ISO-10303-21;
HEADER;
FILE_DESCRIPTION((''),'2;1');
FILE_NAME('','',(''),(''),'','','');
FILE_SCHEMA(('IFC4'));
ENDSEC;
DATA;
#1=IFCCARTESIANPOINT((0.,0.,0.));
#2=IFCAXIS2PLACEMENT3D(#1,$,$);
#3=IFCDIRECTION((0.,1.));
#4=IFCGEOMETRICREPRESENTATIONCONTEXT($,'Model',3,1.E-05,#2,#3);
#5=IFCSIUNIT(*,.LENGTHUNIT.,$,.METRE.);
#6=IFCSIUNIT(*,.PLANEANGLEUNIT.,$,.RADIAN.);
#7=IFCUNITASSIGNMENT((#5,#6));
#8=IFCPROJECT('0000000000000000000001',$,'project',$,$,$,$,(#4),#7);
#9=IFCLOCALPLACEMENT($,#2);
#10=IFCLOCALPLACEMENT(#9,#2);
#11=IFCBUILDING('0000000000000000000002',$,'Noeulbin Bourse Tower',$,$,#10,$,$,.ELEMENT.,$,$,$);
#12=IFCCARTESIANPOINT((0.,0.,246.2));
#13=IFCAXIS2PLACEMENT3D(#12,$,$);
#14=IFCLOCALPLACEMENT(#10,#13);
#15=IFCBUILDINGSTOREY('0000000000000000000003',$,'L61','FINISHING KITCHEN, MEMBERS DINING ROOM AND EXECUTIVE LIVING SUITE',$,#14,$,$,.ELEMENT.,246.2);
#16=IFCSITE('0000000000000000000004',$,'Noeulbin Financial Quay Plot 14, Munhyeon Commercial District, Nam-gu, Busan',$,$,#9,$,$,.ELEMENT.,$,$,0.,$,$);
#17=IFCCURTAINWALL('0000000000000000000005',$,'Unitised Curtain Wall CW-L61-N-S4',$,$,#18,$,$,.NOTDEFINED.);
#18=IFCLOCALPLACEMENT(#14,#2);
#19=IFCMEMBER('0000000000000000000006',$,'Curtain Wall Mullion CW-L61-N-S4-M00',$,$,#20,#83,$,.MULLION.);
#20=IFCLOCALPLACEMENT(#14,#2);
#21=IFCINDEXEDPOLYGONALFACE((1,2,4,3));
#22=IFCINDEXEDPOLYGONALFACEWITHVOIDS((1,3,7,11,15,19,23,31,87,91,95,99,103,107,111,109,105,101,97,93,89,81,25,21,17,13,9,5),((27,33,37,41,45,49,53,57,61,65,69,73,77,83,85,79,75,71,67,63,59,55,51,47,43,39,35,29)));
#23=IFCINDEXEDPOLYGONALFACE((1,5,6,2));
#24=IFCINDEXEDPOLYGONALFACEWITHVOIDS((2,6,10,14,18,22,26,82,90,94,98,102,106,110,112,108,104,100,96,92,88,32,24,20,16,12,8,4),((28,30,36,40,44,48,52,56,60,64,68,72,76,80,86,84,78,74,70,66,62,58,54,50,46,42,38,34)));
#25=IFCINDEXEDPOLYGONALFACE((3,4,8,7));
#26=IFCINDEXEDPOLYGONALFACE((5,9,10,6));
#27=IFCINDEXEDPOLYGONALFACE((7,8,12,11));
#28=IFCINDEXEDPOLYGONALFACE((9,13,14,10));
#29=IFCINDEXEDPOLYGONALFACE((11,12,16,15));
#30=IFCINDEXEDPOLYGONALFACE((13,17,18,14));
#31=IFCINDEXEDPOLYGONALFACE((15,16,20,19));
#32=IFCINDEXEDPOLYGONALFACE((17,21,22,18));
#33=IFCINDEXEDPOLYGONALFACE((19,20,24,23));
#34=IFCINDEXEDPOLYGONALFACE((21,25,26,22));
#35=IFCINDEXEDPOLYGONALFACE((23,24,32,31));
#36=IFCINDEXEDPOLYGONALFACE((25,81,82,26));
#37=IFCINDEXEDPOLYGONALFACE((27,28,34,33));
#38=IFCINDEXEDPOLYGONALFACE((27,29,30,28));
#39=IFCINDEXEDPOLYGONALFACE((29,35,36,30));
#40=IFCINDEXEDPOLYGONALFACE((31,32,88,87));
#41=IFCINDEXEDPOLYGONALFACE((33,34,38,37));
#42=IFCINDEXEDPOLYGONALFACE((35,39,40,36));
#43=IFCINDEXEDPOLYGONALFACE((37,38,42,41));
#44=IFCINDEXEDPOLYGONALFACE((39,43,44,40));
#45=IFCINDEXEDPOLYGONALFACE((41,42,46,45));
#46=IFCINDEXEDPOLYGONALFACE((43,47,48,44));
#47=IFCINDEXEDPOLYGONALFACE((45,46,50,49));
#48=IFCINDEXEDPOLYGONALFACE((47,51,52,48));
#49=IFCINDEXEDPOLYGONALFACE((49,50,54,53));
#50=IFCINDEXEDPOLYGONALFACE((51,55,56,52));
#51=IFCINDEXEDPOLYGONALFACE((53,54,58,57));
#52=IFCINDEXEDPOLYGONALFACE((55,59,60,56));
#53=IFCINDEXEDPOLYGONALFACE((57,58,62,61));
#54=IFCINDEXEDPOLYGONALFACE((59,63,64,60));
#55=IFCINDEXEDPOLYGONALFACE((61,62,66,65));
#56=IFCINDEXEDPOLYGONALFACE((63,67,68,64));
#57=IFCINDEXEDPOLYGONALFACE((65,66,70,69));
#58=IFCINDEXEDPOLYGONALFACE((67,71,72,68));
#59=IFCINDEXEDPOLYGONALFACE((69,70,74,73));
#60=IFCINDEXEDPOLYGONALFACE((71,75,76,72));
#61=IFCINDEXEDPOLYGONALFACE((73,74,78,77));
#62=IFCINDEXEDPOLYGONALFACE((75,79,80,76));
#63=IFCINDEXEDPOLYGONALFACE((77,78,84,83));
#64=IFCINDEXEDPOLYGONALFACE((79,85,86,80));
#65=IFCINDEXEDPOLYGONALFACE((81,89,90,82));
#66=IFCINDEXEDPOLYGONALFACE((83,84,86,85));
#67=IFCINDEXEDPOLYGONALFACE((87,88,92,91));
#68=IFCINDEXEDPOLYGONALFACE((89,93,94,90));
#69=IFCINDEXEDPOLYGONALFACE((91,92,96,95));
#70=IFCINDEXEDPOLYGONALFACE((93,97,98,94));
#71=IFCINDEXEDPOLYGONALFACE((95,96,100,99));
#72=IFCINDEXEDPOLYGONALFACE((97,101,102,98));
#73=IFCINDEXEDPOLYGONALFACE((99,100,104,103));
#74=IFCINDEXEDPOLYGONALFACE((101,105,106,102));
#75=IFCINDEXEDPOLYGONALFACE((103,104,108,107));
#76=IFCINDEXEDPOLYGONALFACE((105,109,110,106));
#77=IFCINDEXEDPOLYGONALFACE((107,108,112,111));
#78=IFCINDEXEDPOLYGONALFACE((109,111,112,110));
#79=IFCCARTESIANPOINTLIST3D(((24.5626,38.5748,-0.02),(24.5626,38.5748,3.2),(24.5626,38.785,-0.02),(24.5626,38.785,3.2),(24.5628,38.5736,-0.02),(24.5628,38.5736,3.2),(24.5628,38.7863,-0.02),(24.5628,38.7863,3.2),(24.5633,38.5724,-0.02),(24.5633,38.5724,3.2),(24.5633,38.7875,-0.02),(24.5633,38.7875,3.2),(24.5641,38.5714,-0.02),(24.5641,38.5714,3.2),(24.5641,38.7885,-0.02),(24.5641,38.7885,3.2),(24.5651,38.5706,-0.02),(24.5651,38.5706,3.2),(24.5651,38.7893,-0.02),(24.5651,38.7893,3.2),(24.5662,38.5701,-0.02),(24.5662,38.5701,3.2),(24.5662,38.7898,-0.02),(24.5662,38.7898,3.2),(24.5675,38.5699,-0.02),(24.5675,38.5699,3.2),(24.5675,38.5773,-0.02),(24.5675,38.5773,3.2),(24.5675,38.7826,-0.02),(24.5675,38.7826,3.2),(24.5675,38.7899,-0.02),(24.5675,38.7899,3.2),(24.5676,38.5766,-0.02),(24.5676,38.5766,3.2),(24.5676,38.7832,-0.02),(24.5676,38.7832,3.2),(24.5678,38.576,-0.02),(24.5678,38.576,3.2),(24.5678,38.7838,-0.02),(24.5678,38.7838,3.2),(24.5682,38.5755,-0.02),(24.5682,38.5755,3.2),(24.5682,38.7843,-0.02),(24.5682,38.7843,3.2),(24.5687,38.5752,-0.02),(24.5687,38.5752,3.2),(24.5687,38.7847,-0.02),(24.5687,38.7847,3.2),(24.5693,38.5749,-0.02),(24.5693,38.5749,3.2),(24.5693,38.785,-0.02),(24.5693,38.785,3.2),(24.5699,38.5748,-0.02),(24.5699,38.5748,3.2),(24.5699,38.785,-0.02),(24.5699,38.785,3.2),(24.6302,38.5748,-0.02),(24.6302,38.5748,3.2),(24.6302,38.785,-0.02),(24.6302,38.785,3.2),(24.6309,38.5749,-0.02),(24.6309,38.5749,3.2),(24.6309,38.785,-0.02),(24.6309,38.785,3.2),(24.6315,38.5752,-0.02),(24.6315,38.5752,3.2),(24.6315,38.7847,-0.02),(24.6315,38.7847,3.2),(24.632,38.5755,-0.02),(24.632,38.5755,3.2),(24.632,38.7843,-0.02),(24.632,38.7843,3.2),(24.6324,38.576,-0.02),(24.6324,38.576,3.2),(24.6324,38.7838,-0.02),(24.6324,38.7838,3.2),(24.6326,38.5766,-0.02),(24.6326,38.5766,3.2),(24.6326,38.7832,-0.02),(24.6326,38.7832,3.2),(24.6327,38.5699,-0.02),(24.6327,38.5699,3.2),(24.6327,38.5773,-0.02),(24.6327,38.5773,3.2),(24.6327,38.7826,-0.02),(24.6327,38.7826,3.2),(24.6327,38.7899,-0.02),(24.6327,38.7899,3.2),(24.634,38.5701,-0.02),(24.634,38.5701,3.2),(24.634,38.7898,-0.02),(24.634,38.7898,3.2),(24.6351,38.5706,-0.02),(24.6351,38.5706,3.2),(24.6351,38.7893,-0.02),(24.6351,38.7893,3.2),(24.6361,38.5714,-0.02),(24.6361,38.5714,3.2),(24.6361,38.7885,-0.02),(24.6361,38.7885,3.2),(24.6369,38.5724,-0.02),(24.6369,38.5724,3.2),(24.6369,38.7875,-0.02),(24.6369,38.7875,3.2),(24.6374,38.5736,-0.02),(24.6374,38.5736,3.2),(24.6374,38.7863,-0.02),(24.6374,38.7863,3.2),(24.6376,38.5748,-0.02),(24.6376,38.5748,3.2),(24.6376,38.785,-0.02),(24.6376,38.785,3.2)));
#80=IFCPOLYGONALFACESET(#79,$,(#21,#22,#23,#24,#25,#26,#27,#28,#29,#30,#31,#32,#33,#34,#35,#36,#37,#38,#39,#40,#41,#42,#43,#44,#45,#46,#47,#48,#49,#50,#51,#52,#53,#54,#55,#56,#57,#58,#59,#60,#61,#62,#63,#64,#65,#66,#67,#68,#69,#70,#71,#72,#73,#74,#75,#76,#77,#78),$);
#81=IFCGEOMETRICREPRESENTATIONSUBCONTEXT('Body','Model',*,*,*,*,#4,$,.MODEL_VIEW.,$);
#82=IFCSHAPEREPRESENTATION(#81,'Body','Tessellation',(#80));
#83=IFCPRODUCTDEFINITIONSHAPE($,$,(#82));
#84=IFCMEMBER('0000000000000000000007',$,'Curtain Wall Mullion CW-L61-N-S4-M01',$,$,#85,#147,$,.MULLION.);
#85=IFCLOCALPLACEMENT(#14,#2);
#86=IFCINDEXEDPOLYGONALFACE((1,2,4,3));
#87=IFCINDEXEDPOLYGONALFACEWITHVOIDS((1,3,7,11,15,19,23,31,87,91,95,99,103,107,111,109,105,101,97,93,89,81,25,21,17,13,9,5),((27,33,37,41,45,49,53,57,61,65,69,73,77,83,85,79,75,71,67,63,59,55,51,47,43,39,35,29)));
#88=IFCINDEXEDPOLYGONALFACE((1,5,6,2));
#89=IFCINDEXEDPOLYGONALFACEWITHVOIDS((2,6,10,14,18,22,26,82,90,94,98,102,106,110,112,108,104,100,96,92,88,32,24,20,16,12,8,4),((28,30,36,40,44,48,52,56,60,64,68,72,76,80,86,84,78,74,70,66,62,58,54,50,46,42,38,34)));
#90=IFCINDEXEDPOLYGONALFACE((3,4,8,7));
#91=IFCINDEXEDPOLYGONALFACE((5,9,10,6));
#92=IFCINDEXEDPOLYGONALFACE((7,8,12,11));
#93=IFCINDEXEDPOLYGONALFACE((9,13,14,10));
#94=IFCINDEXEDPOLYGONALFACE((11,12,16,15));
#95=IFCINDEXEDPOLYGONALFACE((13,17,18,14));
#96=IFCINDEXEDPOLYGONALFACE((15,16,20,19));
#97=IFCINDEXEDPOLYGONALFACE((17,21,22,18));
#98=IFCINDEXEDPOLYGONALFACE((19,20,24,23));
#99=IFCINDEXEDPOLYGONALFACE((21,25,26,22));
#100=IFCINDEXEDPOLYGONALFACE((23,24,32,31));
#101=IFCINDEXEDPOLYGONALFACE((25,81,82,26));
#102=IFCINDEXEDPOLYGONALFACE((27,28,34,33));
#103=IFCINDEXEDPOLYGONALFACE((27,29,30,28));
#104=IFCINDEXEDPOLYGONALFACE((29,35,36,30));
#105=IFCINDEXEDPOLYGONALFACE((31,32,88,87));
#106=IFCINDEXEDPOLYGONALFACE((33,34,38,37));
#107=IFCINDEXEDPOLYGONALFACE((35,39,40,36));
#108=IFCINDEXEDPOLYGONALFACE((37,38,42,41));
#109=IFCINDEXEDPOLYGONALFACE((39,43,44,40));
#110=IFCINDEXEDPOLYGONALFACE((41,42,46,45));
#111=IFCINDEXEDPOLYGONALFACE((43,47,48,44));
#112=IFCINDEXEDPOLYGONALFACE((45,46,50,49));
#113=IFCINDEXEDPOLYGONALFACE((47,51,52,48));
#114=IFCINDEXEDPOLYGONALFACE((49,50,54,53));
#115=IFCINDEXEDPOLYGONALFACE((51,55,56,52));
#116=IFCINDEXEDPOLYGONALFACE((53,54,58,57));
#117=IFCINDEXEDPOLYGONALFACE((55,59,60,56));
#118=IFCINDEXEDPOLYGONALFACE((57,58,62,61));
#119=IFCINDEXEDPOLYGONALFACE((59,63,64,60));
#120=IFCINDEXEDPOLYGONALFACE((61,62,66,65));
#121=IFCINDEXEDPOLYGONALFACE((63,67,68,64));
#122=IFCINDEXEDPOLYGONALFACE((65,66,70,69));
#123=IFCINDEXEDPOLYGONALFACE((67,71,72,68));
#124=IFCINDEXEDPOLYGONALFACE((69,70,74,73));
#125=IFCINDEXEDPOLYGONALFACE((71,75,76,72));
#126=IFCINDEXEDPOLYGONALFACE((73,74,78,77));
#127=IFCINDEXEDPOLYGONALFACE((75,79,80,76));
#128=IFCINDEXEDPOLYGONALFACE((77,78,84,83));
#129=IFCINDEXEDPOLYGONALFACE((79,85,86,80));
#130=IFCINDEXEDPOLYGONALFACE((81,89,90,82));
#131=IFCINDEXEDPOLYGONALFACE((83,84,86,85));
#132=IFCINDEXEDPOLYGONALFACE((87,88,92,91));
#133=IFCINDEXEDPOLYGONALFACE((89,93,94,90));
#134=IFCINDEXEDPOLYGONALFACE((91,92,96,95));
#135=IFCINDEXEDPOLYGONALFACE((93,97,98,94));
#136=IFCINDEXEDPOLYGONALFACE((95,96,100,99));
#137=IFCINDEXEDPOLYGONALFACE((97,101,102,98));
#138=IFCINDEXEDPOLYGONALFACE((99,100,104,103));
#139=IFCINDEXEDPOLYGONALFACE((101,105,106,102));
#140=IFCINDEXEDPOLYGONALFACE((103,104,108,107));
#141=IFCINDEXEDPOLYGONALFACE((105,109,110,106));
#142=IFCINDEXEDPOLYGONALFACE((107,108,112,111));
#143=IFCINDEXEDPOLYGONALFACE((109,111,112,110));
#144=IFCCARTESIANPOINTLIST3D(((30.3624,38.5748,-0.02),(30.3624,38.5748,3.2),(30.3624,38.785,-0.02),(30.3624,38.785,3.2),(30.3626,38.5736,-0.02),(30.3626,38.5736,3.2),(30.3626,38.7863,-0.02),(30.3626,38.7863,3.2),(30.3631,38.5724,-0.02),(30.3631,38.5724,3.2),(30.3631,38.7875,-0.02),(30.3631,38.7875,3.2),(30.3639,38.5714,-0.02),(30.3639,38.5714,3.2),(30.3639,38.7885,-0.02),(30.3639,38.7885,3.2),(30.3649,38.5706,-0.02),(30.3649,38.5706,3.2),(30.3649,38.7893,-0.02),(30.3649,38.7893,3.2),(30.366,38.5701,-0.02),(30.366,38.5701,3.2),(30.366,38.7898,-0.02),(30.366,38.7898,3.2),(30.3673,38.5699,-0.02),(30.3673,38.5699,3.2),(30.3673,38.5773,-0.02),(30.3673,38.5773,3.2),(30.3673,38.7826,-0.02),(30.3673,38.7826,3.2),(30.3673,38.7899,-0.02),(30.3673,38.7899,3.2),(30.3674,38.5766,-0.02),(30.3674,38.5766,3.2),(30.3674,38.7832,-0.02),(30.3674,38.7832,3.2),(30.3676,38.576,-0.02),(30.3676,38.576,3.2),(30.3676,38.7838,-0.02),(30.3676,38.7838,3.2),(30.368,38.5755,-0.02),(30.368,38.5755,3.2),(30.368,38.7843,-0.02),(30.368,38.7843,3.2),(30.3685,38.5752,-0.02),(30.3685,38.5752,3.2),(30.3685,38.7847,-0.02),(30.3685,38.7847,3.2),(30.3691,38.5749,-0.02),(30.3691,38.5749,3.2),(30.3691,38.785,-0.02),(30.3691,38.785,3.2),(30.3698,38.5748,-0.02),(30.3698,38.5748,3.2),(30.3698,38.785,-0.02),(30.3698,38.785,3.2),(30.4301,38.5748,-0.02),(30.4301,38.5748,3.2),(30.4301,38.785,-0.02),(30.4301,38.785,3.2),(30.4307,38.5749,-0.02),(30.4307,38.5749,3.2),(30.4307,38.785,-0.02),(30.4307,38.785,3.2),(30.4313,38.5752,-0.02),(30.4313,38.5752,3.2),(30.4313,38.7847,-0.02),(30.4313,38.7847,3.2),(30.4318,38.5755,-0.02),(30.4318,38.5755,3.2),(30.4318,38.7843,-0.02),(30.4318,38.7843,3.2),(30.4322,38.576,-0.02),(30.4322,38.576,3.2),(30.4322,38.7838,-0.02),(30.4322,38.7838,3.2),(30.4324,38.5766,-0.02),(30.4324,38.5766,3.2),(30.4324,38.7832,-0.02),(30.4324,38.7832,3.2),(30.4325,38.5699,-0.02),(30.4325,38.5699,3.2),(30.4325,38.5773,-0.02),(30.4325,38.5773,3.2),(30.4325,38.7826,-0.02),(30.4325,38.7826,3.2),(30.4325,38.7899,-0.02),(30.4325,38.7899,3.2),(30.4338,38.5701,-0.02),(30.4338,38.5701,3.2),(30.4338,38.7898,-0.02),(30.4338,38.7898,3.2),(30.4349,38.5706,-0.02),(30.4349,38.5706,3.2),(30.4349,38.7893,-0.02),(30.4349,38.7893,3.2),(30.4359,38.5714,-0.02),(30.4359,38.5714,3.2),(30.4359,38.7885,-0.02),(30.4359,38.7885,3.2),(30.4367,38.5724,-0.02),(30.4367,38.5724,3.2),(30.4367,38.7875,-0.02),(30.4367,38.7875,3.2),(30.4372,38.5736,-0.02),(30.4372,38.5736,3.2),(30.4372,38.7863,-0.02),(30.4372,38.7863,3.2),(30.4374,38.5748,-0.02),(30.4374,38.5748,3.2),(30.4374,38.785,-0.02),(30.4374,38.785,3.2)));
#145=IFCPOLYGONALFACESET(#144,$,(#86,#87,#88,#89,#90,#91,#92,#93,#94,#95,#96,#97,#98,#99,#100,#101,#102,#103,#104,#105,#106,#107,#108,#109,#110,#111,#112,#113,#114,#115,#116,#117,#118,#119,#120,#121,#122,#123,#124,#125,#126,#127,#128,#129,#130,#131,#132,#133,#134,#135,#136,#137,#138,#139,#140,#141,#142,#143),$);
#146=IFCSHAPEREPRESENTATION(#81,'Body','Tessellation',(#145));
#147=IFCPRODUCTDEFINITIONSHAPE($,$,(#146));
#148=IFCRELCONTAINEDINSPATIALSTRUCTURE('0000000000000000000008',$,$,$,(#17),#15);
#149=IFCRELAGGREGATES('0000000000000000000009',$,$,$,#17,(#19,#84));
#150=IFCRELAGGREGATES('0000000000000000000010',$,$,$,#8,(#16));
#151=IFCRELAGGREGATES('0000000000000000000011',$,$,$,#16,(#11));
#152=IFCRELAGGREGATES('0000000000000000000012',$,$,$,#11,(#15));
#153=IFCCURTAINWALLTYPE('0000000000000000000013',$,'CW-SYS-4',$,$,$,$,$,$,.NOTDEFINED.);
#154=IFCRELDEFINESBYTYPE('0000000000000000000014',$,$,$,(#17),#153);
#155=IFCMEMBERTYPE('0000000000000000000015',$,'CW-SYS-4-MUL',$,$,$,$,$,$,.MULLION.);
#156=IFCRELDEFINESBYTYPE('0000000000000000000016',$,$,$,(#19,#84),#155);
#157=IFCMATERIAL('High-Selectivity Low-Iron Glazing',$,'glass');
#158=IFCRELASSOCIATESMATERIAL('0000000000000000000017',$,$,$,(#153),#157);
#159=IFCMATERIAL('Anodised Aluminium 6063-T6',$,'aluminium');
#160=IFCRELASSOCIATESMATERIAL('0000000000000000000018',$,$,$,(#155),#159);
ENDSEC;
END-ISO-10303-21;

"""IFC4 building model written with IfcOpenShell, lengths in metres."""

from ifc_helpers import new_model, si_unit, direction, frame, origin, origin_2d, place, context, subcontext, project, spatial, hollow_rectangle, extrude, material, material_profile, profile_set, type_object, element, aggregate, save


model = new_model("IFC4")

# Units and contexts
model_context = context("Model", 3, precision=1e-05, world=origin(), true_north=direction((0.0, 1.0)))
body_context = subcontext(model_context, "Body", "Model", "MODEL_VIEW")
ifc_project = project(units=[si_unit("LENGTHUNIT", "METRE"), si_unit("PLANEANGLEUNIT", "RADIAN")], contexts=[model_context])

# Site, building, storey
site_placement = place(None, origin())
site = spatial("IfcSite", under=ifc_project, at=site_placement, Name="Noeulbin Financial Quay Plot 14, Munhyeon Commercial District, Nam-gu, Busan", CompositionType="ELEMENT", RefElevation=0.0)
building_placement = place(site_placement, origin())
building = spatial("IfcBuilding", under=site, at=building_placement, Name="Noeulbin Bourse Tower", CompositionType="ELEMENT")
storey_placement = place(building_placement, frame((0.0, 0.0, 246.2)))
storey = spatial("IfcBuildingStorey", under=building, at=storey_placement, Name="L61", Description="FINISHING KITCHEN, MEMBERS DINING ROOM AND EXECUTIVE LIVING SUITE", CompositionType="ELEMENT", Elevation=246.2)

# Curtain wall, members
ifc_material_1 = material(Name="High-Selectivity Low-Iron Glazing", Category="glass")
curtain_wall_type = type_object("IfcCurtainWallType", Name="CW-SYS-4", PredefinedType="NOTDEFINED", material=ifc_material_1)
curtain_wall_1_placement = place(storey_placement, origin())
curtain_wall_1 = element("IfcCurtainWall", 1, at=curtain_wall_1_placement, inside=storey, type_object=curtain_wall_type, Name="Unitised Curtain Wall CW-L61-N-S4", PredefinedType="NOTDEFINED")
ifc_material_2 = material(Name="Anodised Aluminium 6063-T6", Category="aluminium")
ifc_material_profile_1 = material_profile(ifc_material_2, hollow_rectangle(XDim=0.075, YDim=0.22, WallThickness=0.0049, InnerFilletRadius=0.0024, OuterFilletRadius=0.0049, at=origin_2d()), Name="ALU-MULL-75x220x5", Category="LoadBearing")
ifc_profile_set_1 = profile_set([ifc_material_profile_1], Name="Anodised Aluminium 6063-T6")
member_type_1 = type_object("IfcMemberType", Name="CW-SYS-4-MUL", PredefinedType="MULLION", material=ifc_profile_set_1)
member_1_placement = place(storey_placement, frame((24.6001, 38.6799, -0.02), z_axis=(0.0, 0.0, 1.0), x_axis=(1.0, 0.0, 0.0)))
member_1 = element("IfcMember", 2, at=member_1_placement, type_object=member_type_1, Name="Curtain Wall Mullion CW-L61-N-S4-M00", PredefinedType="MULLION", context=body_context, shape_type="SweptSolid", body=[
    extrude(hollow_rectangle(XDim=0.075, YDim=0.22, WallThickness=0.0049, InnerFilletRadius=0.0024, OuterFilletRadius=0.0049, at=origin_2d()), origin(), (0.0, 0.0, 1.0), 3.22),
])
member_2_placement = place(storey_placement, frame((30.3999, 38.6799, -0.02), z_axis=(0.0, 0.0, 1.0), x_axis=(1.0, 0.0, 0.0)))
member_2 = element("IfcMember", 3, at=member_2_placement, type_object=member_type_1, Name="Curtain Wall Mullion CW-L61-N-S4-M01", PredefinedType="MULLION", context=body_context, shape_type="SweptSolid", body=[
    extrude(hollow_rectangle(XDim=0.075, YDim=0.22, WallThickness=0.0049, InnerFilletRadius=0.0024, OuterFilletRadius=0.0049, at=origin_2d()), origin(), (0.0, 0.0, 1.0), 3.22),
])

aggregate(curtain_wall_1, [member_1, member_2])

save(model, "model.ifc")
